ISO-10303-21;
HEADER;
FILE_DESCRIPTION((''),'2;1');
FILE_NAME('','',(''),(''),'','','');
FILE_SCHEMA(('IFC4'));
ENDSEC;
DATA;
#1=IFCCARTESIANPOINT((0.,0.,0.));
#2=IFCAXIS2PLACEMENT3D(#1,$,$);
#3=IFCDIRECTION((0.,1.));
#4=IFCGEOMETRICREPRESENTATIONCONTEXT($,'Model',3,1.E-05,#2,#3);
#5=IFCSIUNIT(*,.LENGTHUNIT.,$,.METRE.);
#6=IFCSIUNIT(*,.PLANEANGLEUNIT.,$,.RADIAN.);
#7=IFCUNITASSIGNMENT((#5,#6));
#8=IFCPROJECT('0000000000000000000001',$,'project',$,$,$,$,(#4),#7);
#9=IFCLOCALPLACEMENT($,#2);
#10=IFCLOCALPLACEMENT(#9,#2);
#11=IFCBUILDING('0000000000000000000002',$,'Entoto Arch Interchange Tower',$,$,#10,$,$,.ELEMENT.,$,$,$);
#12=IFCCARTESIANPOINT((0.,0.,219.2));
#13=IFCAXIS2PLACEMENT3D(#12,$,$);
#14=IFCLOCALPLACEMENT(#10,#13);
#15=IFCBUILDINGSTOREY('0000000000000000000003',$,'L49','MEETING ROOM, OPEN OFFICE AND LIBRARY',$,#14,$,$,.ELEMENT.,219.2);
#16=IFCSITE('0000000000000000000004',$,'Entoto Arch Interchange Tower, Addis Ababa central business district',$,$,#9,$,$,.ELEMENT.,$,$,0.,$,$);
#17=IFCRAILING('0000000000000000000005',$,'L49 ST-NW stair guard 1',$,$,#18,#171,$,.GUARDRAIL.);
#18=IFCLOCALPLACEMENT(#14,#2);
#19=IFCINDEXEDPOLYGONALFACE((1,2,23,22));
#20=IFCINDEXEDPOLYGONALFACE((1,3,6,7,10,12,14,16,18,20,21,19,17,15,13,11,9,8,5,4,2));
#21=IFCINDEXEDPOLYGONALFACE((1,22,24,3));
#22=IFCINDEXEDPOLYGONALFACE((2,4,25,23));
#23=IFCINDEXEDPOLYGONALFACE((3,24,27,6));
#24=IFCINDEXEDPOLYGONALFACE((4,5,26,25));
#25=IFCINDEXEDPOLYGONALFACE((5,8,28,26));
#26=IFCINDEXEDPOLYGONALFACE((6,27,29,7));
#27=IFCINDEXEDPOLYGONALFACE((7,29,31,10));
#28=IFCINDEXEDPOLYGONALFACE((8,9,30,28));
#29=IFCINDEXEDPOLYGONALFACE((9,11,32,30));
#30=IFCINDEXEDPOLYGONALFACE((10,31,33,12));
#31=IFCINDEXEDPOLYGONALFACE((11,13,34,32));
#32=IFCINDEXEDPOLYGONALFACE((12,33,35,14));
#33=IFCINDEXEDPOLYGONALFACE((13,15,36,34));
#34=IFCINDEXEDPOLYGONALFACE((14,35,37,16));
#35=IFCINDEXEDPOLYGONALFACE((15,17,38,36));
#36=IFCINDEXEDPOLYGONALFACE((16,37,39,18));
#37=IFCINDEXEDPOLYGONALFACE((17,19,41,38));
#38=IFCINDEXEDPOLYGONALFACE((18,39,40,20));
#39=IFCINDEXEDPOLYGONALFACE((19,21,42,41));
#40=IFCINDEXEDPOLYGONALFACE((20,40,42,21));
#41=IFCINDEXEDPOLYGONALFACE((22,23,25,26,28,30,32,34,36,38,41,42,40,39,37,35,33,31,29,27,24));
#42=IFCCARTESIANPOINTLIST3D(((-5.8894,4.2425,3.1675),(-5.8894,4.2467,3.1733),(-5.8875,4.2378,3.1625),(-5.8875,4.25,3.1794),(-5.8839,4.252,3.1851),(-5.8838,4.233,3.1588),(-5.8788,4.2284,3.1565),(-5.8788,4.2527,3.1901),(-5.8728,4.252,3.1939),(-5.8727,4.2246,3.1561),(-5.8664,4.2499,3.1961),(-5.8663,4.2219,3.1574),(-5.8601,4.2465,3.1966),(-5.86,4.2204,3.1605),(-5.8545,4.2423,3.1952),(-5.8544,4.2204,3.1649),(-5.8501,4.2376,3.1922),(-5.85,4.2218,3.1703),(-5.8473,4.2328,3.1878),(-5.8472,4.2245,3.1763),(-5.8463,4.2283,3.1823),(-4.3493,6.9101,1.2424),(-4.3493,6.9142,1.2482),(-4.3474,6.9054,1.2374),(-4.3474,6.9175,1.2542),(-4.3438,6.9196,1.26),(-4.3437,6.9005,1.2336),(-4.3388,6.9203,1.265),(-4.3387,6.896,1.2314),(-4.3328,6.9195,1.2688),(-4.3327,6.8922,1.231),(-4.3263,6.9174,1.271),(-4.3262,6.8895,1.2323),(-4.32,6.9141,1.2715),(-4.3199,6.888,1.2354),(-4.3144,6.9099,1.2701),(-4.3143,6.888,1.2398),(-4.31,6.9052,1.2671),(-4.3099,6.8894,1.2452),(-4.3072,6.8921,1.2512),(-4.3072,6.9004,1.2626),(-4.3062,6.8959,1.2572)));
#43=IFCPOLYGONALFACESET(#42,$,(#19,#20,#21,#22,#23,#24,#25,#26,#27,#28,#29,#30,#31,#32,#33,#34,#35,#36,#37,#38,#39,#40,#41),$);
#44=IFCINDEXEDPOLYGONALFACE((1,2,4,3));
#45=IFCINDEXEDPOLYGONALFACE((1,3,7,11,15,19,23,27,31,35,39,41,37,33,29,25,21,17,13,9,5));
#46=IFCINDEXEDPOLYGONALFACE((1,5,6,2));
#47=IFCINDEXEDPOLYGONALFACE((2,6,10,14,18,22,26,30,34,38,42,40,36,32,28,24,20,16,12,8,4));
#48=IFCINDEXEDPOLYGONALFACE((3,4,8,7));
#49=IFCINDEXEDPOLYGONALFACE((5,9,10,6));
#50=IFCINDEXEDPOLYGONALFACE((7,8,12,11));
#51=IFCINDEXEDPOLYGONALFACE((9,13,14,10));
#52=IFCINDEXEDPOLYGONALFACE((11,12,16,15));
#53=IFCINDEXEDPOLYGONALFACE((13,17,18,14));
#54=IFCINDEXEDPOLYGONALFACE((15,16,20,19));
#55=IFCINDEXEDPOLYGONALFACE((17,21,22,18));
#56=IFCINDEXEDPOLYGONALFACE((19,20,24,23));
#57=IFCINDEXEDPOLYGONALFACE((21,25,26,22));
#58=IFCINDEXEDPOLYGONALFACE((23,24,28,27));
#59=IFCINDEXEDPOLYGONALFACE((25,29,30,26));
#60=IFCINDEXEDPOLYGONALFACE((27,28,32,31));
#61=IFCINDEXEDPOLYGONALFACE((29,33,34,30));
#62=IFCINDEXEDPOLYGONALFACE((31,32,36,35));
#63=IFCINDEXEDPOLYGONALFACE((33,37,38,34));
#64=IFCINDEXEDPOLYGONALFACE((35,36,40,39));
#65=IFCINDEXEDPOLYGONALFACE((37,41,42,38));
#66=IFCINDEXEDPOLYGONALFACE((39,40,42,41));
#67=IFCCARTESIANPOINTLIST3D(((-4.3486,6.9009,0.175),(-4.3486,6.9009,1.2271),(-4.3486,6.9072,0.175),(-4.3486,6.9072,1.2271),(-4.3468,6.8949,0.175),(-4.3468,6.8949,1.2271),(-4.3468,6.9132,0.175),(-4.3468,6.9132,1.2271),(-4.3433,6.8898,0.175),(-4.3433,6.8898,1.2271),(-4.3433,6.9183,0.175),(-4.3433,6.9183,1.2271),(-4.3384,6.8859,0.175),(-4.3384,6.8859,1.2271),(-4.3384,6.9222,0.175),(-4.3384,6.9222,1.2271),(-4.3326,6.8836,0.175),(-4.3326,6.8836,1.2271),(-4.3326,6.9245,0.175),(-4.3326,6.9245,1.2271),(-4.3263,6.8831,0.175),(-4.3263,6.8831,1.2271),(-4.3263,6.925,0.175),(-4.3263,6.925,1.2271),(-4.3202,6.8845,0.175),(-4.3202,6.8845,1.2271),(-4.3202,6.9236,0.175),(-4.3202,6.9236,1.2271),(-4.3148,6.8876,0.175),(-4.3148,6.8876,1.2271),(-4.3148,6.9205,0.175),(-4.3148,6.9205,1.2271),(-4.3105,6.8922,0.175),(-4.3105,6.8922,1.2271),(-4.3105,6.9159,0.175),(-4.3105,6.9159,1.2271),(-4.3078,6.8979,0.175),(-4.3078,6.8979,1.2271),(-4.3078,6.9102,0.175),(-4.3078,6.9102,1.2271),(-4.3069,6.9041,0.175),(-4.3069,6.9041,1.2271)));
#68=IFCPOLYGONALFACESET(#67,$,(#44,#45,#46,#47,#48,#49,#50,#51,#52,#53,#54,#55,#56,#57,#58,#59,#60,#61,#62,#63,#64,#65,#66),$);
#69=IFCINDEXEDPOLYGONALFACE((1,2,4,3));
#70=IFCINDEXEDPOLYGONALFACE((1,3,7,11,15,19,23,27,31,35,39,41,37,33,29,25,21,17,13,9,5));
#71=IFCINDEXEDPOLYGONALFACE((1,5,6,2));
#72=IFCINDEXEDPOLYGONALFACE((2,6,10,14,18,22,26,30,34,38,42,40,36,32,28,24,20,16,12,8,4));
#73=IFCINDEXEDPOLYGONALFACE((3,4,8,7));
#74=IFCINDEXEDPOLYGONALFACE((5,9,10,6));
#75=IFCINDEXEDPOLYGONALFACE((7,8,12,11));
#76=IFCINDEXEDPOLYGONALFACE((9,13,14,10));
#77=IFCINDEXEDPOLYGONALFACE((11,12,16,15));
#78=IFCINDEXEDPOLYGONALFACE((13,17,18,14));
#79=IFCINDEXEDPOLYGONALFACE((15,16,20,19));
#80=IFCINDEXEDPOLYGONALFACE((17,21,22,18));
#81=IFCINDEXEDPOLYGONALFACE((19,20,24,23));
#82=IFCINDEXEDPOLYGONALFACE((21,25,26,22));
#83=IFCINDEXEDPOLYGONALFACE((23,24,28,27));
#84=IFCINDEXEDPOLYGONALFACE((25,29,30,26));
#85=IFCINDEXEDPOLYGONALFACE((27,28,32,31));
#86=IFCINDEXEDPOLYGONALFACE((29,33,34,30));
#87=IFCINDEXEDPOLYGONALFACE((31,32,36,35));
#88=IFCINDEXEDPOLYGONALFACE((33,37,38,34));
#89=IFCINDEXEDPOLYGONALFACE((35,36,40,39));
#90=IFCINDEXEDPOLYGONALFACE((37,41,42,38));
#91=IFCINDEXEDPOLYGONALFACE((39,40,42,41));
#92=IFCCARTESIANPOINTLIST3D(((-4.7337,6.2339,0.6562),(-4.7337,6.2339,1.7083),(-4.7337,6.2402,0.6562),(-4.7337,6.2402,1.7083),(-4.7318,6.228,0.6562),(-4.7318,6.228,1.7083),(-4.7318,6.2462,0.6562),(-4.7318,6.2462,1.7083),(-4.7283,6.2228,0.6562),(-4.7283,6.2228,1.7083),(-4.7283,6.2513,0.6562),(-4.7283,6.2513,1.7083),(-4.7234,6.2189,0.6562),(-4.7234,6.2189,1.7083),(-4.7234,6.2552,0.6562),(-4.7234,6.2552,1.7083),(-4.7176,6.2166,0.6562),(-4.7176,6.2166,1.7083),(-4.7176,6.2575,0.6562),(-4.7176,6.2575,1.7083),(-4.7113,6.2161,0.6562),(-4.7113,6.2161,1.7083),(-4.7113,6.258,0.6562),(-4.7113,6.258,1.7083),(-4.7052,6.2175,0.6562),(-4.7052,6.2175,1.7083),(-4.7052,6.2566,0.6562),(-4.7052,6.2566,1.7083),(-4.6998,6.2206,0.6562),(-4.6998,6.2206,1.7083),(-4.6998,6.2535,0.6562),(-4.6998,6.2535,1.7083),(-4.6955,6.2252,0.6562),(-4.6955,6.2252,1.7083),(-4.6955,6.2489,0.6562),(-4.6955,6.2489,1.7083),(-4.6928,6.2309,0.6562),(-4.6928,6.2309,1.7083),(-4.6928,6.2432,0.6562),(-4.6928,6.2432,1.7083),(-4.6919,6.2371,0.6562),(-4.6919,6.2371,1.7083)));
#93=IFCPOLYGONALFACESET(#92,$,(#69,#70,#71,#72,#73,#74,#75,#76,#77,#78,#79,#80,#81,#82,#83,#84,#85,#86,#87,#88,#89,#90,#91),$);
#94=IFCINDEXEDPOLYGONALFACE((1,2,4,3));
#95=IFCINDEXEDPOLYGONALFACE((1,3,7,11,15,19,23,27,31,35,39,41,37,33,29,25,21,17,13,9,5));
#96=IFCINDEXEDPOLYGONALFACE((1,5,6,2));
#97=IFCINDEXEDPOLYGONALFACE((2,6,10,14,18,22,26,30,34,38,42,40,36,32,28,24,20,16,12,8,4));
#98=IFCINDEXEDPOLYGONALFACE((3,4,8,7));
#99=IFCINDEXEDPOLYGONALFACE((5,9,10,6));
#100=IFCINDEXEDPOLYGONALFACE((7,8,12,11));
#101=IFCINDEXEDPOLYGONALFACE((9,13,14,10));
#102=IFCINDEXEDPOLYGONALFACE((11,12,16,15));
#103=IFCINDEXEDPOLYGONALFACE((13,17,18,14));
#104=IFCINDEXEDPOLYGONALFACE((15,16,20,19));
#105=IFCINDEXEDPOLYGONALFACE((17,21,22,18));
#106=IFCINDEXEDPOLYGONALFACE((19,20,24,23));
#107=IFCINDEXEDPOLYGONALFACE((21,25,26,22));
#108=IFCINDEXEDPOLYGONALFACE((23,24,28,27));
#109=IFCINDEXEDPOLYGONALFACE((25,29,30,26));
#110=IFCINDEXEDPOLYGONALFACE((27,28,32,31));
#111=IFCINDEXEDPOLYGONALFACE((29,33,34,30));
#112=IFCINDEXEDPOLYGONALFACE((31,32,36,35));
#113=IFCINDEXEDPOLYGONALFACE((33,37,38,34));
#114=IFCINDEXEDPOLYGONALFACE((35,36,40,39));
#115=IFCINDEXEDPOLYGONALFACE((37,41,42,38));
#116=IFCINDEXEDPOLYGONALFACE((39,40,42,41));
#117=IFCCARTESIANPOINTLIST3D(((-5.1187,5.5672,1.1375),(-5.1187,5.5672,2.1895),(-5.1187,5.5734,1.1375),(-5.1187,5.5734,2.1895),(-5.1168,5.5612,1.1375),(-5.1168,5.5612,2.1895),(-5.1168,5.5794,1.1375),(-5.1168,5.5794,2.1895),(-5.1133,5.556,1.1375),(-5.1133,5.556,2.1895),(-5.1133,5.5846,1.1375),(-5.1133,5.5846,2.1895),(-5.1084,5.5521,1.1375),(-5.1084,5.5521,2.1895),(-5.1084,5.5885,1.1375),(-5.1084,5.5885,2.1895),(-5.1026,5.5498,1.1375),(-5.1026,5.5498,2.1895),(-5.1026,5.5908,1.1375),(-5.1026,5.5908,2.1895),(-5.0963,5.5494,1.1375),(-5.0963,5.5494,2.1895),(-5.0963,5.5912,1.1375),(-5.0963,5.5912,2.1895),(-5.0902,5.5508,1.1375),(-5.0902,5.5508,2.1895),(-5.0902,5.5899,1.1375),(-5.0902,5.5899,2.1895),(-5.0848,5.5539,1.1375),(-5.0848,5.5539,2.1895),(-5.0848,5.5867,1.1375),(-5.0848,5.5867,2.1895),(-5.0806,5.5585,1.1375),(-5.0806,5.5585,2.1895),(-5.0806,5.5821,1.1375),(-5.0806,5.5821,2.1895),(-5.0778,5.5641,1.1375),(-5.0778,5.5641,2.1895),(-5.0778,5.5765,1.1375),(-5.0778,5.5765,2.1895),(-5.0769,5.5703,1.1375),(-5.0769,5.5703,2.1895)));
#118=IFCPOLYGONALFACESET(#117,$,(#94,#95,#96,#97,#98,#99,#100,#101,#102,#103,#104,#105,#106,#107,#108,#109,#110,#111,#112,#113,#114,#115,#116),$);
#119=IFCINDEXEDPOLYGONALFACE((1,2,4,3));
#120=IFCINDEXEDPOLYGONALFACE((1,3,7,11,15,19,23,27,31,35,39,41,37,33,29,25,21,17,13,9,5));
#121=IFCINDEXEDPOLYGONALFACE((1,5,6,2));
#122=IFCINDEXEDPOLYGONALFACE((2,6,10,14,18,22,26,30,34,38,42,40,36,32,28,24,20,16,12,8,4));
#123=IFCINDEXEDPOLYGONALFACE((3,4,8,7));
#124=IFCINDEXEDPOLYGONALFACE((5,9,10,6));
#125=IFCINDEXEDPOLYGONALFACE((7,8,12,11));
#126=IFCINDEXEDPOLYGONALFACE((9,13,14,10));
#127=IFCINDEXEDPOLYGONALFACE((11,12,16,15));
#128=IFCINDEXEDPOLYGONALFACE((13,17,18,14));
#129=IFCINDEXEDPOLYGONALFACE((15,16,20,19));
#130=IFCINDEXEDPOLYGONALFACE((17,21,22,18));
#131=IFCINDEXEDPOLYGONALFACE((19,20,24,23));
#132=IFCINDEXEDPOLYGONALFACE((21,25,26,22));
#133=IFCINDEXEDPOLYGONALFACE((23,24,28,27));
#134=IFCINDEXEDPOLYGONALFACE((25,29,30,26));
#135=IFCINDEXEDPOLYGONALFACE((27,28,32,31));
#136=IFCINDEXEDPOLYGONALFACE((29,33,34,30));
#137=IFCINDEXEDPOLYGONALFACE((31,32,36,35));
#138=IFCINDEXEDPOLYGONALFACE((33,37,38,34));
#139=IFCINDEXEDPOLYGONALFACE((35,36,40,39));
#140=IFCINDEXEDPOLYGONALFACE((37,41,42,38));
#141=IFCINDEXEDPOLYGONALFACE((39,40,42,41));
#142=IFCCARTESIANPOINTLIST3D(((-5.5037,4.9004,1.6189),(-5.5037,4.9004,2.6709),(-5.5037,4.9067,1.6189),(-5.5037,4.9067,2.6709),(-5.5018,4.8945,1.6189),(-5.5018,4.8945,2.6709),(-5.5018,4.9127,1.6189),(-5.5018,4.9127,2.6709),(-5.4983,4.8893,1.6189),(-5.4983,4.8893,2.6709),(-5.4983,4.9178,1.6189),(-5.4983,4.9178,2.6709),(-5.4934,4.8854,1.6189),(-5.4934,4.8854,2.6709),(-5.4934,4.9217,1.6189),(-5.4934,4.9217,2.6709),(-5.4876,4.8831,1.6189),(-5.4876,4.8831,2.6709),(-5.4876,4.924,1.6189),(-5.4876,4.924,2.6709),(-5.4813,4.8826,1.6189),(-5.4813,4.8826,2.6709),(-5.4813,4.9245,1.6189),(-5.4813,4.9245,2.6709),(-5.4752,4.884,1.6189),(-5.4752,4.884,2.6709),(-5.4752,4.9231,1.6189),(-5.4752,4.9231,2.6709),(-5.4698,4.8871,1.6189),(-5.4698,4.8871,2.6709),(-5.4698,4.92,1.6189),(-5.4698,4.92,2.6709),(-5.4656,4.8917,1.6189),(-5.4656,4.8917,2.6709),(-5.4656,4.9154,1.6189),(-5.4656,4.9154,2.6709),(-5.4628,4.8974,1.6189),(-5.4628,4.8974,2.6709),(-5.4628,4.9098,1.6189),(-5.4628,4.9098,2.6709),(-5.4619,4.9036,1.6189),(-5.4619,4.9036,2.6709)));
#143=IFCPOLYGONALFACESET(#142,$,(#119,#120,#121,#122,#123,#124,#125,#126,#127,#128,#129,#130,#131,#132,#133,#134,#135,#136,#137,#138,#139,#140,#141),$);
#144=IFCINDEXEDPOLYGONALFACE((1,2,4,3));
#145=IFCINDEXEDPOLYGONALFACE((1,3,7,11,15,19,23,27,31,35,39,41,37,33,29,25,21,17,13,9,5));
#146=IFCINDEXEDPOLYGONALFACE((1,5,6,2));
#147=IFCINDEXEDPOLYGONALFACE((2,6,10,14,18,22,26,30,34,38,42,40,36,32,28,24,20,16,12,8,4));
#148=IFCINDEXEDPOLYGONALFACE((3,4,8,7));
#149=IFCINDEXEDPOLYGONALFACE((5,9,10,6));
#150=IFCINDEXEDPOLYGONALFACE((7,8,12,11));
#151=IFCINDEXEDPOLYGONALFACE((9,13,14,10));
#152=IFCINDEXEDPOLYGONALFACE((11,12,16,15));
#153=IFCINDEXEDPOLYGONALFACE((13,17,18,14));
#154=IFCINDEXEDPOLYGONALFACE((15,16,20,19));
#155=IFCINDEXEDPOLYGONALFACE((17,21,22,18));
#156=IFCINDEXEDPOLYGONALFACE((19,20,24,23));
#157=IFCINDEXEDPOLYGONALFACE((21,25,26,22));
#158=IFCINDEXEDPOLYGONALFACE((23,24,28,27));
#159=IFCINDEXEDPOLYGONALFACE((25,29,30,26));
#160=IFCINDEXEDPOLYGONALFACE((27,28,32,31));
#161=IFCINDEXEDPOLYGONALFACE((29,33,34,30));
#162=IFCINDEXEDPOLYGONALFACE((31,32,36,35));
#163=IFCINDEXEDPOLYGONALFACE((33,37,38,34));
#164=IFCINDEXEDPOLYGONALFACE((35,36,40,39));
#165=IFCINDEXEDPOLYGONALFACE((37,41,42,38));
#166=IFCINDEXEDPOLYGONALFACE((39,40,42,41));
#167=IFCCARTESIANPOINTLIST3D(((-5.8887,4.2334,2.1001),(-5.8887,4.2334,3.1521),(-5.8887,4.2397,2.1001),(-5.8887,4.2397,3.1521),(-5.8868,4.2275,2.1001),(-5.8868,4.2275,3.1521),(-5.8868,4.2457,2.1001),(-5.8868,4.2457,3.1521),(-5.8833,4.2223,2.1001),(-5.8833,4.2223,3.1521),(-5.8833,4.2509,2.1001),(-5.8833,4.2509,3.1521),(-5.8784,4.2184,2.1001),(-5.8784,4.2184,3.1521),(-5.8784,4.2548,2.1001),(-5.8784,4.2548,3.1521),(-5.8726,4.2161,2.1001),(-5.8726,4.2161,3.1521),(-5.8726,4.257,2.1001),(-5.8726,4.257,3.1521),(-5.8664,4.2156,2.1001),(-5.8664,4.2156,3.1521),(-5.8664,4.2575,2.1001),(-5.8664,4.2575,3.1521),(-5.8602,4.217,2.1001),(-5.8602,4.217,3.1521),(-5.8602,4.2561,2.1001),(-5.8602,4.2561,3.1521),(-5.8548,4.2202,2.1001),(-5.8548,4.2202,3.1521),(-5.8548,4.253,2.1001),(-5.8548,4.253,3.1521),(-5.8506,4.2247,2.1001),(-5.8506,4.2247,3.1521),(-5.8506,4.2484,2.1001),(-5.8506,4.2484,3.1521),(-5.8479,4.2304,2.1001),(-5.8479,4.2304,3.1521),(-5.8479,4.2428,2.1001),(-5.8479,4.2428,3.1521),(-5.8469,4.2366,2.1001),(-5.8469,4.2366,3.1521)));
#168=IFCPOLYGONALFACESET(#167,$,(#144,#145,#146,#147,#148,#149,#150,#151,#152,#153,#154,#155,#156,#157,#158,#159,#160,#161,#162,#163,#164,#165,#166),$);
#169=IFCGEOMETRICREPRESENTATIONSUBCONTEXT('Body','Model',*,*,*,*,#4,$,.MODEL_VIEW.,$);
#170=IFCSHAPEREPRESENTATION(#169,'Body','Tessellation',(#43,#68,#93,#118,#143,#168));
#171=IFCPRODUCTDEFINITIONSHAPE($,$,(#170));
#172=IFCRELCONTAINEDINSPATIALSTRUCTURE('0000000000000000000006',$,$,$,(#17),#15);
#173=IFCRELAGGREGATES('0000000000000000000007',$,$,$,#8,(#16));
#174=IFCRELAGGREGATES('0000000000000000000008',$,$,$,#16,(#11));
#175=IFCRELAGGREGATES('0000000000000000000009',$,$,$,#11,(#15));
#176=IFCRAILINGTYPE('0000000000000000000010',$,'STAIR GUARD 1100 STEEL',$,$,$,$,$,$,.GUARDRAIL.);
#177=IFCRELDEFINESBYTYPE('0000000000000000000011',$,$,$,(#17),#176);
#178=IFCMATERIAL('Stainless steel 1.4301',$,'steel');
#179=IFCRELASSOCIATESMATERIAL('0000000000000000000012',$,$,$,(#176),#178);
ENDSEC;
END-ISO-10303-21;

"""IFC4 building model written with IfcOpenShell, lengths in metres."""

from ifc_helpers import new_model, si_unit, direction, frame, origin, origin_2d, place, context, subcontext, project, spatial, circle, extrude, material, type_object, element, save


model = new_model("IFC4")

# Units and contexts
model_context = context("Model", 3, precision=1e-05, world=origin(), true_north=direction((0.0, 1.0)))
body_context = subcontext(model_context, "Body", "Model", "MODEL_VIEW")
ifc_project = project(units=[si_unit("LENGTHUNIT", "METRE"), si_unit("PLANEANGLEUNIT", "RADIAN")], contexts=[model_context])

# Site, building, storey
site_placement = place(None, origin())
site = spatial("IfcSite", under=ifc_project, at=site_placement, Name="Entoto Arch Interchange Tower, Addis Ababa central business district", CompositionType="ELEMENT", RefElevation=0.0)
building_placement = place(site_placement, origin())
building = spatial("IfcBuilding", under=site, at=building_placement, Name="Entoto Arch Interchange Tower", CompositionType="ELEMENT")
storey_placement = place(building_placement, frame((0.0, 0.0, 219.2)))
storey = spatial("IfcBuildingStorey", under=building, at=storey_placement, Name="L49", Description="MEETING ROOM, OPEN OFFICE AND LIBRARY", CompositionType="ELEMENT", Elevation=219.2)

# Railing
ifc_material_1 = material(Name="Stainless steel 1.4301", Category="steel")
railing_type_1 = type_object("IfcRailingType", Name="STAIR GUARD 1100 STEEL", PredefinedType="GUARDRAIL", material=ifc_material_1)
railing_1_placement = place(storey_placement, frame((-4.3279, 6.9041, 0.175)))
element("IfcRailing", 1, at=railing_1_placement, inside=storey, type_object=railing_type_1, Name="L49 ST-NW stair guard 1", PredefinedType="GUARDRAIL", context=body_context, shape_type="SweptSolid", body=[
    extrude(circle(Radius=0.0239, at=origin_2d()), frame((0.0, 0.0, 1.0762), z_axis=(-0.423994, -0.734395, 0.529993), x_axis=(0.86603, -0.499992, 0.0)), (0.0, 0.0, 1.0), 3.6323),
    extrude(circle(Radius=0.021, at=origin_2d()), origin(), (0.0, 0.0, 1.0), 1.052),
    extrude(circle(Radius=0.021, at=origin_2d()), frame((-0.385, -0.667, 0.4812)), (0.0, 0.0, 1.0), 1.052),
    extrude(circle(Radius=0.021, at=origin_2d()), frame((-0.77, -1.3337, 0.9624)), (0.0, 0.0, 1.0), 1.052),
    extrude(circle(Radius=0.021, at=origin_2d()), frame((-1.155, -2.0005, 1.4438)), (0.0, 0.0, 1.0), 1.052),
    extrude(circle(Radius=0.021, at=origin_2d()), frame((-1.54, -2.6675, 1.925)), (0.0, 0.0, 1.0), 1.052),
])

save(model, "model.ifc")
